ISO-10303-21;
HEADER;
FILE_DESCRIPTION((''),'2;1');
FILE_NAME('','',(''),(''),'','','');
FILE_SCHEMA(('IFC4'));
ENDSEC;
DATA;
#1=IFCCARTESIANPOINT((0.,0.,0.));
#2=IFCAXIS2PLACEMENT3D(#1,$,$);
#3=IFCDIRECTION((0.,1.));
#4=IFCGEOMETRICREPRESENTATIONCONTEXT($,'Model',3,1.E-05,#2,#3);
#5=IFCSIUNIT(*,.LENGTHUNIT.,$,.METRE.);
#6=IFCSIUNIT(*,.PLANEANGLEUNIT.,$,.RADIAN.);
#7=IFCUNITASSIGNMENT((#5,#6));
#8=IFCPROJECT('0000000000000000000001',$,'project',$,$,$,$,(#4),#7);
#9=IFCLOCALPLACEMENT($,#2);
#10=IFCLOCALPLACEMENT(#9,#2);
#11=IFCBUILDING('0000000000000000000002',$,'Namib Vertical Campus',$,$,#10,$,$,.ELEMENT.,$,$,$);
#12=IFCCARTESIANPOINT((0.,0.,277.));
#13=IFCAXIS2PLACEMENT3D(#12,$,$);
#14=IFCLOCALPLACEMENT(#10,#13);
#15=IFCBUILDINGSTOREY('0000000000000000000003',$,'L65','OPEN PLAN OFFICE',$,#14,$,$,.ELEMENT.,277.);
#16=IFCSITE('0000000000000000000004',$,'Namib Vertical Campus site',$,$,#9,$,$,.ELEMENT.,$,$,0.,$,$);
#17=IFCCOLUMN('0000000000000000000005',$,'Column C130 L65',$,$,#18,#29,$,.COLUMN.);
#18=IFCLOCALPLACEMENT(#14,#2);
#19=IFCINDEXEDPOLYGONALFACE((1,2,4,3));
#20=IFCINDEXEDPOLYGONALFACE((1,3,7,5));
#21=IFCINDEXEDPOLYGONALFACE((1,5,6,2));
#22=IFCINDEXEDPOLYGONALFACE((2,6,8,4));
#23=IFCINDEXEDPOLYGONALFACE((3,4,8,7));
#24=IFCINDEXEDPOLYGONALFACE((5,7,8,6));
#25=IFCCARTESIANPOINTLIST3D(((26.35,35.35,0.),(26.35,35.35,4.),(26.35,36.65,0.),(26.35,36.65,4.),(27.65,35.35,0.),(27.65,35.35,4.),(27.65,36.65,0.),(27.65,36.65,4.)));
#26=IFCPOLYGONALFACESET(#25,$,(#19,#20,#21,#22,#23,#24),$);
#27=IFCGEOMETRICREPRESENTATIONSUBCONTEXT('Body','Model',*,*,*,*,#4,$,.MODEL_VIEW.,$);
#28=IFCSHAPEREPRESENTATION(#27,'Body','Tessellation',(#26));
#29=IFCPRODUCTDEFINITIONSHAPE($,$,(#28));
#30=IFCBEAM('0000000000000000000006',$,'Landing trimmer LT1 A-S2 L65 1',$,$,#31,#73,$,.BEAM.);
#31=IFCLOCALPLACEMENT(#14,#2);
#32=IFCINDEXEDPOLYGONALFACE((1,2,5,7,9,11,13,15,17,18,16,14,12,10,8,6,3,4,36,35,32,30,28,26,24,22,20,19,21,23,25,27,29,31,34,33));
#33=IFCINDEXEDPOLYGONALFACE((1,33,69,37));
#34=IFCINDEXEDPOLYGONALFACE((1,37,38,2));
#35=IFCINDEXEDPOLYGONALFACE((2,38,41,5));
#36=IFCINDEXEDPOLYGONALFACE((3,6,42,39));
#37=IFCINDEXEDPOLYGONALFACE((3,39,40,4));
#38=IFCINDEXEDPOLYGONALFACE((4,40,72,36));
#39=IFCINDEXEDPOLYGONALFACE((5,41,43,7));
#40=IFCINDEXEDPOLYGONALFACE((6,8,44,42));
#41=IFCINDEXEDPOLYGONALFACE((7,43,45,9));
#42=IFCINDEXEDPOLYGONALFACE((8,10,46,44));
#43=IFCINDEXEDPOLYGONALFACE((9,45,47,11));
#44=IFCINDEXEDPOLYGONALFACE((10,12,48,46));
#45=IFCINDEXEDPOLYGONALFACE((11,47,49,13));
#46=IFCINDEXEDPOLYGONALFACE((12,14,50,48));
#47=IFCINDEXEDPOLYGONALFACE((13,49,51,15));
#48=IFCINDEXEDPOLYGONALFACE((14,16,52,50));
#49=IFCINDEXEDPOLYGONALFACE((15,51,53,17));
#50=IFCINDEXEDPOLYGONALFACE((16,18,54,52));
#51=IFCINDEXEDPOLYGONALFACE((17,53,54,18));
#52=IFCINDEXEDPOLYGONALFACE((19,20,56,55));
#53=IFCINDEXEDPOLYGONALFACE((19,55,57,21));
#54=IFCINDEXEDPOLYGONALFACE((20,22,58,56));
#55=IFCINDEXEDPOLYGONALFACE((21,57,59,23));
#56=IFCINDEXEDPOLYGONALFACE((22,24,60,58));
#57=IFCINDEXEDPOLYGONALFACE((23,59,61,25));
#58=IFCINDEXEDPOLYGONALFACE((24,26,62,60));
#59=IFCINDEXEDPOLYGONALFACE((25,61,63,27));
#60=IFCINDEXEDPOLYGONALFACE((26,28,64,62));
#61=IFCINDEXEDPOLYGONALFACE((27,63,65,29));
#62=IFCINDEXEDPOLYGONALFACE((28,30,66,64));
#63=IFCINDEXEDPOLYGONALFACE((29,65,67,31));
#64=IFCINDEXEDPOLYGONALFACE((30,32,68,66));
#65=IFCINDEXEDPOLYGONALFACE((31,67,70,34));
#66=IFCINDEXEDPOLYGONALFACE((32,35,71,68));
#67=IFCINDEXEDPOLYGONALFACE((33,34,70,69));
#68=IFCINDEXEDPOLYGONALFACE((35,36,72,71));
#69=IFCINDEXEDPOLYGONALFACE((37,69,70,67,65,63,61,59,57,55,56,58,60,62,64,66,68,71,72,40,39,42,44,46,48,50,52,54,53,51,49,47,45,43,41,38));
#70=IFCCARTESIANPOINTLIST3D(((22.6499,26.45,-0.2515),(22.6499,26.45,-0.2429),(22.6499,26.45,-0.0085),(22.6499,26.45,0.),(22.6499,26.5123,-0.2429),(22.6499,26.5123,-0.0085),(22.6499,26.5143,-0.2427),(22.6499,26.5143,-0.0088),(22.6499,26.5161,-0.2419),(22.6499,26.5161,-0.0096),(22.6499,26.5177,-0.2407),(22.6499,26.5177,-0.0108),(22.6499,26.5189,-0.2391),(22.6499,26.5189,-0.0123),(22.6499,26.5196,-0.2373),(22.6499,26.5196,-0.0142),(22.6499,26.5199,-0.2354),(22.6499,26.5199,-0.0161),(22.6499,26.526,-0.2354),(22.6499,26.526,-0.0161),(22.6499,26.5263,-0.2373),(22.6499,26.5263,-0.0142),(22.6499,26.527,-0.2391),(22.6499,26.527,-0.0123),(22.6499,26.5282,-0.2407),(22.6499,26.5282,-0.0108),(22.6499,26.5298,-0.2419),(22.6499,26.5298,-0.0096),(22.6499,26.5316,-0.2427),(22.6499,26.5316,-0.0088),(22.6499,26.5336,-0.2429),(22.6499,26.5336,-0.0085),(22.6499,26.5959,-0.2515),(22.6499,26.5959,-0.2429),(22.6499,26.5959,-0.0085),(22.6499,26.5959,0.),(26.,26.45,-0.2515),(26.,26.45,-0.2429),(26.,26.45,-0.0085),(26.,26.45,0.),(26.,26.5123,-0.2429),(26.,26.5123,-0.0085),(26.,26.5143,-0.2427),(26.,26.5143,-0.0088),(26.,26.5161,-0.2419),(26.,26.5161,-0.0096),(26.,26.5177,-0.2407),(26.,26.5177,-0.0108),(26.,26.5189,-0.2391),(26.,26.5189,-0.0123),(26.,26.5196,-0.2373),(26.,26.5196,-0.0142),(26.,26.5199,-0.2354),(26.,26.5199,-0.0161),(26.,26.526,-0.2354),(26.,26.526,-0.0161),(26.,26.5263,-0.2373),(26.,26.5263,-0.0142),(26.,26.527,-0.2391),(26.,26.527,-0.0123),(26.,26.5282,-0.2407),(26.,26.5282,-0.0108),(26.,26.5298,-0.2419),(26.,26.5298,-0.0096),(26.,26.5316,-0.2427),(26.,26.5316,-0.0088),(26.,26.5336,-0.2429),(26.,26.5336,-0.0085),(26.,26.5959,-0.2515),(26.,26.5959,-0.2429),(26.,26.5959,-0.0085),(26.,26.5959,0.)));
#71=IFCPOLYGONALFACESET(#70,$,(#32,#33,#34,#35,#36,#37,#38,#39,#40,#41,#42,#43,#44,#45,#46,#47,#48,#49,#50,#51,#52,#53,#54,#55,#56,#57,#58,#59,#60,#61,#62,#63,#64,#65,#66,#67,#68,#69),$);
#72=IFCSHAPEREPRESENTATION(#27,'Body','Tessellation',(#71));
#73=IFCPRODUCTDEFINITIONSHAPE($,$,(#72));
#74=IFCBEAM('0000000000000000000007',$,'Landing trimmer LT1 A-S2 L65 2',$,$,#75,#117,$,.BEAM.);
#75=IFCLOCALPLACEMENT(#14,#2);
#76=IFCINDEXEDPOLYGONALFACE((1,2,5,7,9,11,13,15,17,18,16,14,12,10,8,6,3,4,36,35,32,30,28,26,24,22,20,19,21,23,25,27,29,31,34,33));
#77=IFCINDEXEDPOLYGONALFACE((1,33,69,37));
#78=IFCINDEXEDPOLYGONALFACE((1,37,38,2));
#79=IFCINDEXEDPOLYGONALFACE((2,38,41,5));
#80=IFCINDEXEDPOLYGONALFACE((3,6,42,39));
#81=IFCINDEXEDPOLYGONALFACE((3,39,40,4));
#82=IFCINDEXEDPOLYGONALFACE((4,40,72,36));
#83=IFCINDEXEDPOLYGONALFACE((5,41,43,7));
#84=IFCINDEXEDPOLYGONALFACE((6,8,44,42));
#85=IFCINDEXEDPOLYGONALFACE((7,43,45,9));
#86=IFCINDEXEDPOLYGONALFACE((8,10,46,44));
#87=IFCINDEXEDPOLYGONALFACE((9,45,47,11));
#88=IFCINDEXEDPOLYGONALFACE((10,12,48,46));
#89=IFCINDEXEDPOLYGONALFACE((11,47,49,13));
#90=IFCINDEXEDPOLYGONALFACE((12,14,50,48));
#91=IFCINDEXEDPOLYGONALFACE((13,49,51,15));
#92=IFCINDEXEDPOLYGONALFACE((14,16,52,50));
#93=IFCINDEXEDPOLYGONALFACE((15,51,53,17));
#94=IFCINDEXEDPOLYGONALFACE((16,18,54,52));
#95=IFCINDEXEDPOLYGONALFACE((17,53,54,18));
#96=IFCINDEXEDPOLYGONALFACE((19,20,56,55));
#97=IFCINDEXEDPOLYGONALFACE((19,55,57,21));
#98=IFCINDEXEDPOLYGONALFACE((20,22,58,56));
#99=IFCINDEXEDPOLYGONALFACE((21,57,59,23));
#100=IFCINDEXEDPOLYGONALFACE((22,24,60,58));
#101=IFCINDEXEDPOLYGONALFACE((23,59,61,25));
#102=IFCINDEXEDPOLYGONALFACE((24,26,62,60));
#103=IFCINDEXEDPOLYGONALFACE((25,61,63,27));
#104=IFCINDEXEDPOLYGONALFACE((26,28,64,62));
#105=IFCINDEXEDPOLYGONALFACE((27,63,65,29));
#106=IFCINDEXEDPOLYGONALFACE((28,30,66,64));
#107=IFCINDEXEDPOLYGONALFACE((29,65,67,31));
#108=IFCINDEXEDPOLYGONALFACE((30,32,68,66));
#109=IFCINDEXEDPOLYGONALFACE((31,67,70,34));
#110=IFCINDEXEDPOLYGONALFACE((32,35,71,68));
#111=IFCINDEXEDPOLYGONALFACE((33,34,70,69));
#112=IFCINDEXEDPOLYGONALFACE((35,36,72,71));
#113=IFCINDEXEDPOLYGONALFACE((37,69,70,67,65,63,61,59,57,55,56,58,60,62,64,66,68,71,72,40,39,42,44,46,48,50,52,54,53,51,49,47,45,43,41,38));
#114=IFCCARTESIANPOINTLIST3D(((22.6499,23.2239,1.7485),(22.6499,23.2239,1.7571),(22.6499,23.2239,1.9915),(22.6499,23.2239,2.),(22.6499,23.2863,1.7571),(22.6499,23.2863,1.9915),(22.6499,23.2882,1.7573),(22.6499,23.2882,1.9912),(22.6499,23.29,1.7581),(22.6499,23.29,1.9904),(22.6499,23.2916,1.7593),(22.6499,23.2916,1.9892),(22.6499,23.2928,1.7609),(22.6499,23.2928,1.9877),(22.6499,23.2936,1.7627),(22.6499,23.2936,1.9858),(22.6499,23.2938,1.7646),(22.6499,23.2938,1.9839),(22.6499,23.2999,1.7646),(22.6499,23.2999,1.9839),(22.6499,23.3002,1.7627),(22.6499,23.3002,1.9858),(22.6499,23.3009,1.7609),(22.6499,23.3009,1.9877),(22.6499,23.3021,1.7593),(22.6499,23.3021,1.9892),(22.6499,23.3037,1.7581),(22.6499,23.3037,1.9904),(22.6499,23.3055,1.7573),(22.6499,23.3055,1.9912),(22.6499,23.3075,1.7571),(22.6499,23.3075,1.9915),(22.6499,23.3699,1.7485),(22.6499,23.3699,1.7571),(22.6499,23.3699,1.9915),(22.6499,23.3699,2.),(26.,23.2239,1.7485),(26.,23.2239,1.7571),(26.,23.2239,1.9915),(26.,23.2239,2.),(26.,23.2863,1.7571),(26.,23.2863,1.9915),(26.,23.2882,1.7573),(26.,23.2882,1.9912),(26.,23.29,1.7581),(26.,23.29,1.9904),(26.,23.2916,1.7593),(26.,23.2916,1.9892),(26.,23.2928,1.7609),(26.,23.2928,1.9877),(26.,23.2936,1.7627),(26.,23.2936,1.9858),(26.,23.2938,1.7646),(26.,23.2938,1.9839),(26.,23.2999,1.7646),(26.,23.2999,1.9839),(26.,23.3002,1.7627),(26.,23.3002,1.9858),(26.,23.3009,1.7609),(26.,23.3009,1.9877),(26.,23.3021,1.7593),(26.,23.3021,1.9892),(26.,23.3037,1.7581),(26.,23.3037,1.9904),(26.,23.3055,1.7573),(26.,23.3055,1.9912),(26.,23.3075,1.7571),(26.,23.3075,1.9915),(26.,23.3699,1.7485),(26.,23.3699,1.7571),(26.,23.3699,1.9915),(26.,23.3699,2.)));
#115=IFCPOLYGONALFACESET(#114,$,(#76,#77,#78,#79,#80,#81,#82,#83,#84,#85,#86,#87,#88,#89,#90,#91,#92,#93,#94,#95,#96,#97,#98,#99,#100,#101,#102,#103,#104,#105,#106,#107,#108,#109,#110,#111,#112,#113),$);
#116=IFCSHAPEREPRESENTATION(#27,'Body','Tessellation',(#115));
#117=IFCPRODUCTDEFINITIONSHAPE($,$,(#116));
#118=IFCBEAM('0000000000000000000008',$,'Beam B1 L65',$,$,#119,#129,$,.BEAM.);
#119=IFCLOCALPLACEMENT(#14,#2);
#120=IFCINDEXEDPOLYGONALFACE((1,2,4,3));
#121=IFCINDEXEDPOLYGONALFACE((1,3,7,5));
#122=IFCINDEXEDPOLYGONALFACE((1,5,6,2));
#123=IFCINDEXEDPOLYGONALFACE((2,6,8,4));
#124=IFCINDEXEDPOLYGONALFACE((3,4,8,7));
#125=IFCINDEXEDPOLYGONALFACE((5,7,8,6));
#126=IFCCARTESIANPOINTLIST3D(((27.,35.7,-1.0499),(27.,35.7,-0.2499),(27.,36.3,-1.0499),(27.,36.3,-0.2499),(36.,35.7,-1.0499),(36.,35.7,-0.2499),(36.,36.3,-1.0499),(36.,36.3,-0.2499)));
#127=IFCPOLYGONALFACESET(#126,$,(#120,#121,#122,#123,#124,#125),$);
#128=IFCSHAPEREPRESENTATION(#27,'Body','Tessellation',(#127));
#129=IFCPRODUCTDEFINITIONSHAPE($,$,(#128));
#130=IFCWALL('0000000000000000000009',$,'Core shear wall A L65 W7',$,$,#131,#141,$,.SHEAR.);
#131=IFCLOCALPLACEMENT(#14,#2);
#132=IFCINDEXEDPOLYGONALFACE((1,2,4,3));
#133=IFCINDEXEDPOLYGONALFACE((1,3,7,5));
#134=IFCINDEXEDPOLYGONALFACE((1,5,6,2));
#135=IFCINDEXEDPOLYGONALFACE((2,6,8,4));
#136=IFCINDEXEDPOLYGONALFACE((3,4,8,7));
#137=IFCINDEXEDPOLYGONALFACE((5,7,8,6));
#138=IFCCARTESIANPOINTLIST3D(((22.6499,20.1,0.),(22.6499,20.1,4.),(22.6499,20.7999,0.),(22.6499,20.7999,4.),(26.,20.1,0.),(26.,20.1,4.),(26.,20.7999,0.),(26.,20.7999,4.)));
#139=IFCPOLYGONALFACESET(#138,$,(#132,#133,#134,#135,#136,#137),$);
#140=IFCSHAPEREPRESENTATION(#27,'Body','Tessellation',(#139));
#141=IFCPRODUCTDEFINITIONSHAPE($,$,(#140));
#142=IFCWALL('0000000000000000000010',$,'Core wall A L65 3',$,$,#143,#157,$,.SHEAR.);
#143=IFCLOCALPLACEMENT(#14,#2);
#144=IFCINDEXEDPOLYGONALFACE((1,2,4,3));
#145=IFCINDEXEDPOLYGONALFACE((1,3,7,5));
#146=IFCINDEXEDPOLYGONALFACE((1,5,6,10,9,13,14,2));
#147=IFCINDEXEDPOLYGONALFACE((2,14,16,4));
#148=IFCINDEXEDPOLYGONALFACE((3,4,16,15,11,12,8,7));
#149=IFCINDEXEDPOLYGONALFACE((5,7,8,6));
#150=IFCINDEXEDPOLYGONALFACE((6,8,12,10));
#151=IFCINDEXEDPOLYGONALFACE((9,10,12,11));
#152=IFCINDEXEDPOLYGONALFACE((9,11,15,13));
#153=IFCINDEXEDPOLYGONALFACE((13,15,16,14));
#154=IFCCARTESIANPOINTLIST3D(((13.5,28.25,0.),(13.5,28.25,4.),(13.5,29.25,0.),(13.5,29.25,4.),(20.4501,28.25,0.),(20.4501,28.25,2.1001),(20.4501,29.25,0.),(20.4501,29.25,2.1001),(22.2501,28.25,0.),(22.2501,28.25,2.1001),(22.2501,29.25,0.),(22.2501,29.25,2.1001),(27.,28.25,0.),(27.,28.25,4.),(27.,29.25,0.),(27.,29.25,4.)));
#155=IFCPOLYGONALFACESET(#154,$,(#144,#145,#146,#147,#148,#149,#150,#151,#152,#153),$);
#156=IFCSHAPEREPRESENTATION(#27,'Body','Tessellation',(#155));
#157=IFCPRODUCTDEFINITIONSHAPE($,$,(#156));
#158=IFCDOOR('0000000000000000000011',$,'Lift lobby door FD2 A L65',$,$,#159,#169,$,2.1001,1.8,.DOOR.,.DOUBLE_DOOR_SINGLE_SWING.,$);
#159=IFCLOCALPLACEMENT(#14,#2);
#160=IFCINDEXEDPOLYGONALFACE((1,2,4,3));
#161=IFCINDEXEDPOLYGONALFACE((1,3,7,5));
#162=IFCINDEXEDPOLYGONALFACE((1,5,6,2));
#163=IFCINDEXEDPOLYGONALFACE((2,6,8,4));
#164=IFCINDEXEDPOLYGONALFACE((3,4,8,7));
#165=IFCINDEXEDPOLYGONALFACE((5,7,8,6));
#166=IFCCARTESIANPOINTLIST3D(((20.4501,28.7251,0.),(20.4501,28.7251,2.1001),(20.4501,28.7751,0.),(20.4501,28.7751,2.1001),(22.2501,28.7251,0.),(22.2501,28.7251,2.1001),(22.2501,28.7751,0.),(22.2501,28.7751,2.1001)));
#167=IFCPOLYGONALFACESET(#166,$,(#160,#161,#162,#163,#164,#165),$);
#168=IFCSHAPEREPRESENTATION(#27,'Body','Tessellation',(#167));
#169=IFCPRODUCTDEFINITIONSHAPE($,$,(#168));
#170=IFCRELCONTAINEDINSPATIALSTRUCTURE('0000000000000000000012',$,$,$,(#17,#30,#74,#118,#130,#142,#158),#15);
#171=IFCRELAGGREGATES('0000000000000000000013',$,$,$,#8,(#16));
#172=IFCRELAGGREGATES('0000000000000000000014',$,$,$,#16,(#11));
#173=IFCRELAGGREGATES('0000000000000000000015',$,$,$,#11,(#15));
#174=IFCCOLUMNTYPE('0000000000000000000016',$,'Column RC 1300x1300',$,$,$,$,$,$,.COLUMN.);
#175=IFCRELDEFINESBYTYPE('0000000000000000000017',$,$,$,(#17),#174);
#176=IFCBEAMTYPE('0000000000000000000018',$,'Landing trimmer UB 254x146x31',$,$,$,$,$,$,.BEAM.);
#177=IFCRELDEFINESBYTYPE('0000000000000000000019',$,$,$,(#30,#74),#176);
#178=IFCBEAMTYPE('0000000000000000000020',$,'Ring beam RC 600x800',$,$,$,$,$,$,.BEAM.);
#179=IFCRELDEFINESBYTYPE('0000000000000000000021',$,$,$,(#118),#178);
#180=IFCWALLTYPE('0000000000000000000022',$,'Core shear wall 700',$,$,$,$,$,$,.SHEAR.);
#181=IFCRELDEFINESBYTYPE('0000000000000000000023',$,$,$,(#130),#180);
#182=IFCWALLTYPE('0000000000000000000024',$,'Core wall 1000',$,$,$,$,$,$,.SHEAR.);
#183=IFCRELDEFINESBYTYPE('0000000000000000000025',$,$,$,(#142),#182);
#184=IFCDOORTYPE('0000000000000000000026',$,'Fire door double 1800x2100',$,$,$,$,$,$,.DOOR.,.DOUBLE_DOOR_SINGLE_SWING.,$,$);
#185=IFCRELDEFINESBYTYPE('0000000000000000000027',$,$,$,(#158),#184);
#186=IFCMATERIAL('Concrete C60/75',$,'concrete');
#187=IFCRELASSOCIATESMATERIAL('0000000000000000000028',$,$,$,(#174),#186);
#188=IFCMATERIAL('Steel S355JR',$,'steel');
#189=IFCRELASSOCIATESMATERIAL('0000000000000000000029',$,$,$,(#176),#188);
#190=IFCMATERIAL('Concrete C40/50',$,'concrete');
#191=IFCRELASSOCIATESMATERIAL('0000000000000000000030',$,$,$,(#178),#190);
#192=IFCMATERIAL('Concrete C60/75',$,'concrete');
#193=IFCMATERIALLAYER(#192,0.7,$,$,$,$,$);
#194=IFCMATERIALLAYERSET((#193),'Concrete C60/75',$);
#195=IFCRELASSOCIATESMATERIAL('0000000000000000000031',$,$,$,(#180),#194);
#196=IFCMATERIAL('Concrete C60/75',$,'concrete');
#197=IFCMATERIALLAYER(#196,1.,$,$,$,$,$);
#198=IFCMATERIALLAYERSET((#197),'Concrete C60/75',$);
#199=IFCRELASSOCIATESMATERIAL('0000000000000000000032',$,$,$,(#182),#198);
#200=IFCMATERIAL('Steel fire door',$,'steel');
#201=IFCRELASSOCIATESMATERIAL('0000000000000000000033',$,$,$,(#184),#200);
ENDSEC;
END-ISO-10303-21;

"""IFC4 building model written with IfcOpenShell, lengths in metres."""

from ifc_helpers import new_model, si_unit, direction, frame, frame_2d, origin, origin_2d, place, context, subcontext, project, spatial, rectangle, i_section, extrude, material, layer, layer_set, material_profile, profile_set, type_object, element, fill, save


model = new_model("IFC4")

# Units and contexts
model_context = context("Model", 3, precision=1e-05, world=origin(), true_north=direction((0.0, 1.0)))
body_context = subcontext(model_context, "Body", "Model", "MODEL_VIEW")
ifc_project = project(units=[si_unit("LENGTHUNIT", "METRE"), si_unit("PLANEANGLEUNIT", "RADIAN")], contexts=[model_context])

# Site, building, storey
site_placement = place(None, origin())
site = spatial("IfcSite", under=ifc_project, at=site_placement, Name="Namib Vertical Campus site", CompositionType="ELEMENT", RefElevation=0.0)
building_placement = place(site_placement, origin())
building = spatial("IfcBuilding", under=site, at=building_placement, Name="Namib Vertical Campus", CompositionType="ELEMENT")
storey_placement = place(building_placement, frame((0.0, 0.0, 277.0)))
storey = spatial("IfcBuildingStorey", under=building, at=storey_placement, Name="L65", Description="OPEN PLAN OFFICE", CompositionType="ELEMENT", Elevation=277.0)

# Column
ifc_material_1 = material(Name="Concrete C60/75", Category="concrete")
ifc_material_profile_1 = material_profile(ifc_material_1, rectangle(XDim=1.3, YDim=1.3, at=origin_2d()))
ifc_profile_set_1 = profile_set([ifc_material_profile_1], Name="Concrete C60/75")
column_type = type_object("IfcColumnType", Name="Column RC 1300x1300", PredefinedType="COLUMN", material=ifc_profile_set_1)
column_placement = place(storey_placement, frame((27.0, 36.0, 0.0), z_axis=(0.0, 0.0, 1.0), x_axis=(1.0, 0.0, 0.0)))
element("IfcColumn", 1, at=column_placement, inside=storey, type_object=column_type, Name="Column C130 L65", PredefinedType="COLUMN", context=body_context, shape_type="SweptSolid", body=[
    extrude(rectangle(XDim=1.3, YDim=1.3, at=origin_2d()), origin(), (0.0, 0.0, 1.0), 4.0),
])

# Beams
ifc_material_2 = material(Name="Steel S355JR", Category="steel")
ifc_material_profile_2 = material_profile(ifc_material_2, i_section(OverallWidth=0.146, OverallDepth=0.2515, WebThickness=0.0061, FlangeThickness=0.0085, FilletRadius=0.0076, at=origin_2d()))
ifc_profile_set_2 = profile_set([ifc_material_profile_2], Name="Steel S355JR")
beam_type_1 = type_object("IfcBeamType", Name="Landing trimmer UB 254x146x31", PredefinedType="BEAM", material=ifc_profile_set_2)
for number, where, z_axis, x_axis, name in (
    (2, (22.6499, 26.5229, -0.1257), (1.0, 0.0, 0.0), (0.0, 1.0, 0.0), "Landing trimmer LT1 A-S2 L65 1"),
    (3, (22.6499, 23.2969, 1.8743), (1.0, 0.0, 0.0), (0.0, 1.0, 0.0), "Landing trimmer LT1 A-S2 L65 2"),
):
    element("IfcBeam", number, at=place(storey_placement, frame(where, z_axis=z_axis, x_axis=x_axis)), inside=storey, type_object=beam_type_1, Name=name, PredefinedType="BEAM", context=body_context, shape_type="SweptSolid", body=[
        extrude(i_section(OverallWidth=0.146, OverallDepth=0.2515, WebThickness=0.0061, FlangeThickness=0.0085, FilletRadius=0.0076, at=origin_2d()), origin(), (0.0, 0.0, 1.0), 3.3501),
    ])
ifc_material_3 = material(Name="Concrete C40/50", Category="concrete")
ifc_material_profile_3 = material_profile(ifc_material_3, rectangle(XDim=0.6001, YDim=0.8, at=origin_2d()))
ifc_profile_set_3 = profile_set([ifc_material_profile_3], Name="Concrete C40/50")
beam_type_2 = type_object("IfcBeamType", Name="Ring beam RC 600x800", PredefinedType="BEAM", material=ifc_profile_set_3)
beam_placement = place(storey_placement, frame((27.0, 36.0, -0.6499), z_axis=(1.0, 0.0, 0.0), x_axis=(0.0, 1.0, 0.0)))
element("IfcBeam", 4, at=beam_placement, inside=storey, type_object=beam_type_2, Name="Beam B1 L65", PredefinedType="BEAM", context=body_context, shape_type="SweptSolid", body=[
    extrude(rectangle(XDim=0.6001, YDim=0.8, at=origin_2d()), origin(), (0.0, 0.0, 1.0), 9.0),
])

# Wall
ifc_material_4 = material(Name="Concrete C60/75", Category="concrete")
ifc_layer_1 = layer(ifc_material_4, 0.7)
ifc_layer_set_1 = layer_set([ifc_layer_1], Name="Concrete C60/75")
wall_type_1 = type_object("IfcWallType", Name="Core shear wall 700", PredefinedType="SHEAR", material=ifc_layer_set_1)
wall_1_placement = place(storey_placement, frame((22.6499, 20.45, 0.0), z_axis=(0.0, 0.0, 1.0), x_axis=(1.0, 0.0, 0.0)))
element("IfcWall", 5, at=wall_1_placement, inside=storey, type_object=wall_type_1, Name="Core shear wall A L65 W7", PredefinedType="SHEAR", context=body_context, shape_type="SweptSolid", body=[
    extrude(rectangle(XDim=3.3501, YDim=0.7, at=frame_2d((1.675, 0.0))), origin(), (0.0, 0.0, 1.0), 4.0),
])

# Wall, opening, door
ifc_material_5 = material(Name="Concrete C60/75", Category="concrete")
ifc_layer_2 = layer(ifc_material_5, 1.0)
ifc_layer_set_2 = layer_set([ifc_layer_2], Name="Concrete C60/75")
wall_type_2 = type_object("IfcWallType", Name="Core wall 1000", PredefinedType="SHEAR", material=ifc_layer_set_2)
wall_2_placement = place(storey_placement, frame((27.0, 28.75, 0.0), z_axis=(0.0, 0.0, 1.0), x_axis=(-1.0, 0.0, 0.0)))
wall_2 = element("IfcWall", 6, at=wall_2_placement, inside=storey, type_object=wall_type_2, Name="Core wall A L65 3", PredefinedType="SHEAR", context=body_context, shape_type="SweptSolid", body=[
    extrude(rectangle(XDim=13.5, YDim=1.0, at=frame_2d((6.75, 0.0))), origin(), (0.0, 0.0, 1.0), 4.0),
])
opening_1_placement = place(wall_2_placement, frame((4.75, 0.0, 0.0)))
opening_1 = element("IfcOpeningElement", 7, at=opening_1_placement, cuts=wall_2, PredefinedType="OPENING", context=body_context, shape_type="SweptSolid", body=[
    extrude(rectangle(XDim=1.8, YDim=2.1001, at=frame_2d((0.8999, 1.05))), frame((0.0, 0.51, 0.0), z_axis=(0.0, -1.0, 0.0), x_axis=(1.0, 0.0, 0.0)), (0.0, 0.0, 1.0), 1.02),
])
ifc_material_6 = material(Name="Steel fire door", Category="steel")
door_type_1 = type_object("IfcDoorType", Name="Fire door double 1800x2100", OperationType="DOUBLE_DOOR_SINGLE_SWING", PredefinedType="DOOR", material=ifc_material_6)
door_1_placement = place(opening_1_placement, origin())
door_1 = element("IfcDoor", 8, at=door_1_placement, inside=storey, type_object=door_type_1, Name="Lift lobby door FD2 A L65", OperationType="DOUBLE_DOOR_SINGLE_SWING", OverallHeight=2.1001, OverallWidth=1.8, PredefinedType="DOOR", context=body_context, shape_type="SweptSolid", body=[
    extrude(rectangle(XDim=1.8, YDim=2.1001, at=frame_2d((0.8999, 1.05))), frame((0.0, 0.0249, 0.0), z_axis=(0.0, -1.0, 0.0), x_axis=(1.0, 0.0, 0.0)), (0.0, 0.0, 1.0), 0.05),
])
fill(opening_1, door_1)

save(model, "model.ifc")
